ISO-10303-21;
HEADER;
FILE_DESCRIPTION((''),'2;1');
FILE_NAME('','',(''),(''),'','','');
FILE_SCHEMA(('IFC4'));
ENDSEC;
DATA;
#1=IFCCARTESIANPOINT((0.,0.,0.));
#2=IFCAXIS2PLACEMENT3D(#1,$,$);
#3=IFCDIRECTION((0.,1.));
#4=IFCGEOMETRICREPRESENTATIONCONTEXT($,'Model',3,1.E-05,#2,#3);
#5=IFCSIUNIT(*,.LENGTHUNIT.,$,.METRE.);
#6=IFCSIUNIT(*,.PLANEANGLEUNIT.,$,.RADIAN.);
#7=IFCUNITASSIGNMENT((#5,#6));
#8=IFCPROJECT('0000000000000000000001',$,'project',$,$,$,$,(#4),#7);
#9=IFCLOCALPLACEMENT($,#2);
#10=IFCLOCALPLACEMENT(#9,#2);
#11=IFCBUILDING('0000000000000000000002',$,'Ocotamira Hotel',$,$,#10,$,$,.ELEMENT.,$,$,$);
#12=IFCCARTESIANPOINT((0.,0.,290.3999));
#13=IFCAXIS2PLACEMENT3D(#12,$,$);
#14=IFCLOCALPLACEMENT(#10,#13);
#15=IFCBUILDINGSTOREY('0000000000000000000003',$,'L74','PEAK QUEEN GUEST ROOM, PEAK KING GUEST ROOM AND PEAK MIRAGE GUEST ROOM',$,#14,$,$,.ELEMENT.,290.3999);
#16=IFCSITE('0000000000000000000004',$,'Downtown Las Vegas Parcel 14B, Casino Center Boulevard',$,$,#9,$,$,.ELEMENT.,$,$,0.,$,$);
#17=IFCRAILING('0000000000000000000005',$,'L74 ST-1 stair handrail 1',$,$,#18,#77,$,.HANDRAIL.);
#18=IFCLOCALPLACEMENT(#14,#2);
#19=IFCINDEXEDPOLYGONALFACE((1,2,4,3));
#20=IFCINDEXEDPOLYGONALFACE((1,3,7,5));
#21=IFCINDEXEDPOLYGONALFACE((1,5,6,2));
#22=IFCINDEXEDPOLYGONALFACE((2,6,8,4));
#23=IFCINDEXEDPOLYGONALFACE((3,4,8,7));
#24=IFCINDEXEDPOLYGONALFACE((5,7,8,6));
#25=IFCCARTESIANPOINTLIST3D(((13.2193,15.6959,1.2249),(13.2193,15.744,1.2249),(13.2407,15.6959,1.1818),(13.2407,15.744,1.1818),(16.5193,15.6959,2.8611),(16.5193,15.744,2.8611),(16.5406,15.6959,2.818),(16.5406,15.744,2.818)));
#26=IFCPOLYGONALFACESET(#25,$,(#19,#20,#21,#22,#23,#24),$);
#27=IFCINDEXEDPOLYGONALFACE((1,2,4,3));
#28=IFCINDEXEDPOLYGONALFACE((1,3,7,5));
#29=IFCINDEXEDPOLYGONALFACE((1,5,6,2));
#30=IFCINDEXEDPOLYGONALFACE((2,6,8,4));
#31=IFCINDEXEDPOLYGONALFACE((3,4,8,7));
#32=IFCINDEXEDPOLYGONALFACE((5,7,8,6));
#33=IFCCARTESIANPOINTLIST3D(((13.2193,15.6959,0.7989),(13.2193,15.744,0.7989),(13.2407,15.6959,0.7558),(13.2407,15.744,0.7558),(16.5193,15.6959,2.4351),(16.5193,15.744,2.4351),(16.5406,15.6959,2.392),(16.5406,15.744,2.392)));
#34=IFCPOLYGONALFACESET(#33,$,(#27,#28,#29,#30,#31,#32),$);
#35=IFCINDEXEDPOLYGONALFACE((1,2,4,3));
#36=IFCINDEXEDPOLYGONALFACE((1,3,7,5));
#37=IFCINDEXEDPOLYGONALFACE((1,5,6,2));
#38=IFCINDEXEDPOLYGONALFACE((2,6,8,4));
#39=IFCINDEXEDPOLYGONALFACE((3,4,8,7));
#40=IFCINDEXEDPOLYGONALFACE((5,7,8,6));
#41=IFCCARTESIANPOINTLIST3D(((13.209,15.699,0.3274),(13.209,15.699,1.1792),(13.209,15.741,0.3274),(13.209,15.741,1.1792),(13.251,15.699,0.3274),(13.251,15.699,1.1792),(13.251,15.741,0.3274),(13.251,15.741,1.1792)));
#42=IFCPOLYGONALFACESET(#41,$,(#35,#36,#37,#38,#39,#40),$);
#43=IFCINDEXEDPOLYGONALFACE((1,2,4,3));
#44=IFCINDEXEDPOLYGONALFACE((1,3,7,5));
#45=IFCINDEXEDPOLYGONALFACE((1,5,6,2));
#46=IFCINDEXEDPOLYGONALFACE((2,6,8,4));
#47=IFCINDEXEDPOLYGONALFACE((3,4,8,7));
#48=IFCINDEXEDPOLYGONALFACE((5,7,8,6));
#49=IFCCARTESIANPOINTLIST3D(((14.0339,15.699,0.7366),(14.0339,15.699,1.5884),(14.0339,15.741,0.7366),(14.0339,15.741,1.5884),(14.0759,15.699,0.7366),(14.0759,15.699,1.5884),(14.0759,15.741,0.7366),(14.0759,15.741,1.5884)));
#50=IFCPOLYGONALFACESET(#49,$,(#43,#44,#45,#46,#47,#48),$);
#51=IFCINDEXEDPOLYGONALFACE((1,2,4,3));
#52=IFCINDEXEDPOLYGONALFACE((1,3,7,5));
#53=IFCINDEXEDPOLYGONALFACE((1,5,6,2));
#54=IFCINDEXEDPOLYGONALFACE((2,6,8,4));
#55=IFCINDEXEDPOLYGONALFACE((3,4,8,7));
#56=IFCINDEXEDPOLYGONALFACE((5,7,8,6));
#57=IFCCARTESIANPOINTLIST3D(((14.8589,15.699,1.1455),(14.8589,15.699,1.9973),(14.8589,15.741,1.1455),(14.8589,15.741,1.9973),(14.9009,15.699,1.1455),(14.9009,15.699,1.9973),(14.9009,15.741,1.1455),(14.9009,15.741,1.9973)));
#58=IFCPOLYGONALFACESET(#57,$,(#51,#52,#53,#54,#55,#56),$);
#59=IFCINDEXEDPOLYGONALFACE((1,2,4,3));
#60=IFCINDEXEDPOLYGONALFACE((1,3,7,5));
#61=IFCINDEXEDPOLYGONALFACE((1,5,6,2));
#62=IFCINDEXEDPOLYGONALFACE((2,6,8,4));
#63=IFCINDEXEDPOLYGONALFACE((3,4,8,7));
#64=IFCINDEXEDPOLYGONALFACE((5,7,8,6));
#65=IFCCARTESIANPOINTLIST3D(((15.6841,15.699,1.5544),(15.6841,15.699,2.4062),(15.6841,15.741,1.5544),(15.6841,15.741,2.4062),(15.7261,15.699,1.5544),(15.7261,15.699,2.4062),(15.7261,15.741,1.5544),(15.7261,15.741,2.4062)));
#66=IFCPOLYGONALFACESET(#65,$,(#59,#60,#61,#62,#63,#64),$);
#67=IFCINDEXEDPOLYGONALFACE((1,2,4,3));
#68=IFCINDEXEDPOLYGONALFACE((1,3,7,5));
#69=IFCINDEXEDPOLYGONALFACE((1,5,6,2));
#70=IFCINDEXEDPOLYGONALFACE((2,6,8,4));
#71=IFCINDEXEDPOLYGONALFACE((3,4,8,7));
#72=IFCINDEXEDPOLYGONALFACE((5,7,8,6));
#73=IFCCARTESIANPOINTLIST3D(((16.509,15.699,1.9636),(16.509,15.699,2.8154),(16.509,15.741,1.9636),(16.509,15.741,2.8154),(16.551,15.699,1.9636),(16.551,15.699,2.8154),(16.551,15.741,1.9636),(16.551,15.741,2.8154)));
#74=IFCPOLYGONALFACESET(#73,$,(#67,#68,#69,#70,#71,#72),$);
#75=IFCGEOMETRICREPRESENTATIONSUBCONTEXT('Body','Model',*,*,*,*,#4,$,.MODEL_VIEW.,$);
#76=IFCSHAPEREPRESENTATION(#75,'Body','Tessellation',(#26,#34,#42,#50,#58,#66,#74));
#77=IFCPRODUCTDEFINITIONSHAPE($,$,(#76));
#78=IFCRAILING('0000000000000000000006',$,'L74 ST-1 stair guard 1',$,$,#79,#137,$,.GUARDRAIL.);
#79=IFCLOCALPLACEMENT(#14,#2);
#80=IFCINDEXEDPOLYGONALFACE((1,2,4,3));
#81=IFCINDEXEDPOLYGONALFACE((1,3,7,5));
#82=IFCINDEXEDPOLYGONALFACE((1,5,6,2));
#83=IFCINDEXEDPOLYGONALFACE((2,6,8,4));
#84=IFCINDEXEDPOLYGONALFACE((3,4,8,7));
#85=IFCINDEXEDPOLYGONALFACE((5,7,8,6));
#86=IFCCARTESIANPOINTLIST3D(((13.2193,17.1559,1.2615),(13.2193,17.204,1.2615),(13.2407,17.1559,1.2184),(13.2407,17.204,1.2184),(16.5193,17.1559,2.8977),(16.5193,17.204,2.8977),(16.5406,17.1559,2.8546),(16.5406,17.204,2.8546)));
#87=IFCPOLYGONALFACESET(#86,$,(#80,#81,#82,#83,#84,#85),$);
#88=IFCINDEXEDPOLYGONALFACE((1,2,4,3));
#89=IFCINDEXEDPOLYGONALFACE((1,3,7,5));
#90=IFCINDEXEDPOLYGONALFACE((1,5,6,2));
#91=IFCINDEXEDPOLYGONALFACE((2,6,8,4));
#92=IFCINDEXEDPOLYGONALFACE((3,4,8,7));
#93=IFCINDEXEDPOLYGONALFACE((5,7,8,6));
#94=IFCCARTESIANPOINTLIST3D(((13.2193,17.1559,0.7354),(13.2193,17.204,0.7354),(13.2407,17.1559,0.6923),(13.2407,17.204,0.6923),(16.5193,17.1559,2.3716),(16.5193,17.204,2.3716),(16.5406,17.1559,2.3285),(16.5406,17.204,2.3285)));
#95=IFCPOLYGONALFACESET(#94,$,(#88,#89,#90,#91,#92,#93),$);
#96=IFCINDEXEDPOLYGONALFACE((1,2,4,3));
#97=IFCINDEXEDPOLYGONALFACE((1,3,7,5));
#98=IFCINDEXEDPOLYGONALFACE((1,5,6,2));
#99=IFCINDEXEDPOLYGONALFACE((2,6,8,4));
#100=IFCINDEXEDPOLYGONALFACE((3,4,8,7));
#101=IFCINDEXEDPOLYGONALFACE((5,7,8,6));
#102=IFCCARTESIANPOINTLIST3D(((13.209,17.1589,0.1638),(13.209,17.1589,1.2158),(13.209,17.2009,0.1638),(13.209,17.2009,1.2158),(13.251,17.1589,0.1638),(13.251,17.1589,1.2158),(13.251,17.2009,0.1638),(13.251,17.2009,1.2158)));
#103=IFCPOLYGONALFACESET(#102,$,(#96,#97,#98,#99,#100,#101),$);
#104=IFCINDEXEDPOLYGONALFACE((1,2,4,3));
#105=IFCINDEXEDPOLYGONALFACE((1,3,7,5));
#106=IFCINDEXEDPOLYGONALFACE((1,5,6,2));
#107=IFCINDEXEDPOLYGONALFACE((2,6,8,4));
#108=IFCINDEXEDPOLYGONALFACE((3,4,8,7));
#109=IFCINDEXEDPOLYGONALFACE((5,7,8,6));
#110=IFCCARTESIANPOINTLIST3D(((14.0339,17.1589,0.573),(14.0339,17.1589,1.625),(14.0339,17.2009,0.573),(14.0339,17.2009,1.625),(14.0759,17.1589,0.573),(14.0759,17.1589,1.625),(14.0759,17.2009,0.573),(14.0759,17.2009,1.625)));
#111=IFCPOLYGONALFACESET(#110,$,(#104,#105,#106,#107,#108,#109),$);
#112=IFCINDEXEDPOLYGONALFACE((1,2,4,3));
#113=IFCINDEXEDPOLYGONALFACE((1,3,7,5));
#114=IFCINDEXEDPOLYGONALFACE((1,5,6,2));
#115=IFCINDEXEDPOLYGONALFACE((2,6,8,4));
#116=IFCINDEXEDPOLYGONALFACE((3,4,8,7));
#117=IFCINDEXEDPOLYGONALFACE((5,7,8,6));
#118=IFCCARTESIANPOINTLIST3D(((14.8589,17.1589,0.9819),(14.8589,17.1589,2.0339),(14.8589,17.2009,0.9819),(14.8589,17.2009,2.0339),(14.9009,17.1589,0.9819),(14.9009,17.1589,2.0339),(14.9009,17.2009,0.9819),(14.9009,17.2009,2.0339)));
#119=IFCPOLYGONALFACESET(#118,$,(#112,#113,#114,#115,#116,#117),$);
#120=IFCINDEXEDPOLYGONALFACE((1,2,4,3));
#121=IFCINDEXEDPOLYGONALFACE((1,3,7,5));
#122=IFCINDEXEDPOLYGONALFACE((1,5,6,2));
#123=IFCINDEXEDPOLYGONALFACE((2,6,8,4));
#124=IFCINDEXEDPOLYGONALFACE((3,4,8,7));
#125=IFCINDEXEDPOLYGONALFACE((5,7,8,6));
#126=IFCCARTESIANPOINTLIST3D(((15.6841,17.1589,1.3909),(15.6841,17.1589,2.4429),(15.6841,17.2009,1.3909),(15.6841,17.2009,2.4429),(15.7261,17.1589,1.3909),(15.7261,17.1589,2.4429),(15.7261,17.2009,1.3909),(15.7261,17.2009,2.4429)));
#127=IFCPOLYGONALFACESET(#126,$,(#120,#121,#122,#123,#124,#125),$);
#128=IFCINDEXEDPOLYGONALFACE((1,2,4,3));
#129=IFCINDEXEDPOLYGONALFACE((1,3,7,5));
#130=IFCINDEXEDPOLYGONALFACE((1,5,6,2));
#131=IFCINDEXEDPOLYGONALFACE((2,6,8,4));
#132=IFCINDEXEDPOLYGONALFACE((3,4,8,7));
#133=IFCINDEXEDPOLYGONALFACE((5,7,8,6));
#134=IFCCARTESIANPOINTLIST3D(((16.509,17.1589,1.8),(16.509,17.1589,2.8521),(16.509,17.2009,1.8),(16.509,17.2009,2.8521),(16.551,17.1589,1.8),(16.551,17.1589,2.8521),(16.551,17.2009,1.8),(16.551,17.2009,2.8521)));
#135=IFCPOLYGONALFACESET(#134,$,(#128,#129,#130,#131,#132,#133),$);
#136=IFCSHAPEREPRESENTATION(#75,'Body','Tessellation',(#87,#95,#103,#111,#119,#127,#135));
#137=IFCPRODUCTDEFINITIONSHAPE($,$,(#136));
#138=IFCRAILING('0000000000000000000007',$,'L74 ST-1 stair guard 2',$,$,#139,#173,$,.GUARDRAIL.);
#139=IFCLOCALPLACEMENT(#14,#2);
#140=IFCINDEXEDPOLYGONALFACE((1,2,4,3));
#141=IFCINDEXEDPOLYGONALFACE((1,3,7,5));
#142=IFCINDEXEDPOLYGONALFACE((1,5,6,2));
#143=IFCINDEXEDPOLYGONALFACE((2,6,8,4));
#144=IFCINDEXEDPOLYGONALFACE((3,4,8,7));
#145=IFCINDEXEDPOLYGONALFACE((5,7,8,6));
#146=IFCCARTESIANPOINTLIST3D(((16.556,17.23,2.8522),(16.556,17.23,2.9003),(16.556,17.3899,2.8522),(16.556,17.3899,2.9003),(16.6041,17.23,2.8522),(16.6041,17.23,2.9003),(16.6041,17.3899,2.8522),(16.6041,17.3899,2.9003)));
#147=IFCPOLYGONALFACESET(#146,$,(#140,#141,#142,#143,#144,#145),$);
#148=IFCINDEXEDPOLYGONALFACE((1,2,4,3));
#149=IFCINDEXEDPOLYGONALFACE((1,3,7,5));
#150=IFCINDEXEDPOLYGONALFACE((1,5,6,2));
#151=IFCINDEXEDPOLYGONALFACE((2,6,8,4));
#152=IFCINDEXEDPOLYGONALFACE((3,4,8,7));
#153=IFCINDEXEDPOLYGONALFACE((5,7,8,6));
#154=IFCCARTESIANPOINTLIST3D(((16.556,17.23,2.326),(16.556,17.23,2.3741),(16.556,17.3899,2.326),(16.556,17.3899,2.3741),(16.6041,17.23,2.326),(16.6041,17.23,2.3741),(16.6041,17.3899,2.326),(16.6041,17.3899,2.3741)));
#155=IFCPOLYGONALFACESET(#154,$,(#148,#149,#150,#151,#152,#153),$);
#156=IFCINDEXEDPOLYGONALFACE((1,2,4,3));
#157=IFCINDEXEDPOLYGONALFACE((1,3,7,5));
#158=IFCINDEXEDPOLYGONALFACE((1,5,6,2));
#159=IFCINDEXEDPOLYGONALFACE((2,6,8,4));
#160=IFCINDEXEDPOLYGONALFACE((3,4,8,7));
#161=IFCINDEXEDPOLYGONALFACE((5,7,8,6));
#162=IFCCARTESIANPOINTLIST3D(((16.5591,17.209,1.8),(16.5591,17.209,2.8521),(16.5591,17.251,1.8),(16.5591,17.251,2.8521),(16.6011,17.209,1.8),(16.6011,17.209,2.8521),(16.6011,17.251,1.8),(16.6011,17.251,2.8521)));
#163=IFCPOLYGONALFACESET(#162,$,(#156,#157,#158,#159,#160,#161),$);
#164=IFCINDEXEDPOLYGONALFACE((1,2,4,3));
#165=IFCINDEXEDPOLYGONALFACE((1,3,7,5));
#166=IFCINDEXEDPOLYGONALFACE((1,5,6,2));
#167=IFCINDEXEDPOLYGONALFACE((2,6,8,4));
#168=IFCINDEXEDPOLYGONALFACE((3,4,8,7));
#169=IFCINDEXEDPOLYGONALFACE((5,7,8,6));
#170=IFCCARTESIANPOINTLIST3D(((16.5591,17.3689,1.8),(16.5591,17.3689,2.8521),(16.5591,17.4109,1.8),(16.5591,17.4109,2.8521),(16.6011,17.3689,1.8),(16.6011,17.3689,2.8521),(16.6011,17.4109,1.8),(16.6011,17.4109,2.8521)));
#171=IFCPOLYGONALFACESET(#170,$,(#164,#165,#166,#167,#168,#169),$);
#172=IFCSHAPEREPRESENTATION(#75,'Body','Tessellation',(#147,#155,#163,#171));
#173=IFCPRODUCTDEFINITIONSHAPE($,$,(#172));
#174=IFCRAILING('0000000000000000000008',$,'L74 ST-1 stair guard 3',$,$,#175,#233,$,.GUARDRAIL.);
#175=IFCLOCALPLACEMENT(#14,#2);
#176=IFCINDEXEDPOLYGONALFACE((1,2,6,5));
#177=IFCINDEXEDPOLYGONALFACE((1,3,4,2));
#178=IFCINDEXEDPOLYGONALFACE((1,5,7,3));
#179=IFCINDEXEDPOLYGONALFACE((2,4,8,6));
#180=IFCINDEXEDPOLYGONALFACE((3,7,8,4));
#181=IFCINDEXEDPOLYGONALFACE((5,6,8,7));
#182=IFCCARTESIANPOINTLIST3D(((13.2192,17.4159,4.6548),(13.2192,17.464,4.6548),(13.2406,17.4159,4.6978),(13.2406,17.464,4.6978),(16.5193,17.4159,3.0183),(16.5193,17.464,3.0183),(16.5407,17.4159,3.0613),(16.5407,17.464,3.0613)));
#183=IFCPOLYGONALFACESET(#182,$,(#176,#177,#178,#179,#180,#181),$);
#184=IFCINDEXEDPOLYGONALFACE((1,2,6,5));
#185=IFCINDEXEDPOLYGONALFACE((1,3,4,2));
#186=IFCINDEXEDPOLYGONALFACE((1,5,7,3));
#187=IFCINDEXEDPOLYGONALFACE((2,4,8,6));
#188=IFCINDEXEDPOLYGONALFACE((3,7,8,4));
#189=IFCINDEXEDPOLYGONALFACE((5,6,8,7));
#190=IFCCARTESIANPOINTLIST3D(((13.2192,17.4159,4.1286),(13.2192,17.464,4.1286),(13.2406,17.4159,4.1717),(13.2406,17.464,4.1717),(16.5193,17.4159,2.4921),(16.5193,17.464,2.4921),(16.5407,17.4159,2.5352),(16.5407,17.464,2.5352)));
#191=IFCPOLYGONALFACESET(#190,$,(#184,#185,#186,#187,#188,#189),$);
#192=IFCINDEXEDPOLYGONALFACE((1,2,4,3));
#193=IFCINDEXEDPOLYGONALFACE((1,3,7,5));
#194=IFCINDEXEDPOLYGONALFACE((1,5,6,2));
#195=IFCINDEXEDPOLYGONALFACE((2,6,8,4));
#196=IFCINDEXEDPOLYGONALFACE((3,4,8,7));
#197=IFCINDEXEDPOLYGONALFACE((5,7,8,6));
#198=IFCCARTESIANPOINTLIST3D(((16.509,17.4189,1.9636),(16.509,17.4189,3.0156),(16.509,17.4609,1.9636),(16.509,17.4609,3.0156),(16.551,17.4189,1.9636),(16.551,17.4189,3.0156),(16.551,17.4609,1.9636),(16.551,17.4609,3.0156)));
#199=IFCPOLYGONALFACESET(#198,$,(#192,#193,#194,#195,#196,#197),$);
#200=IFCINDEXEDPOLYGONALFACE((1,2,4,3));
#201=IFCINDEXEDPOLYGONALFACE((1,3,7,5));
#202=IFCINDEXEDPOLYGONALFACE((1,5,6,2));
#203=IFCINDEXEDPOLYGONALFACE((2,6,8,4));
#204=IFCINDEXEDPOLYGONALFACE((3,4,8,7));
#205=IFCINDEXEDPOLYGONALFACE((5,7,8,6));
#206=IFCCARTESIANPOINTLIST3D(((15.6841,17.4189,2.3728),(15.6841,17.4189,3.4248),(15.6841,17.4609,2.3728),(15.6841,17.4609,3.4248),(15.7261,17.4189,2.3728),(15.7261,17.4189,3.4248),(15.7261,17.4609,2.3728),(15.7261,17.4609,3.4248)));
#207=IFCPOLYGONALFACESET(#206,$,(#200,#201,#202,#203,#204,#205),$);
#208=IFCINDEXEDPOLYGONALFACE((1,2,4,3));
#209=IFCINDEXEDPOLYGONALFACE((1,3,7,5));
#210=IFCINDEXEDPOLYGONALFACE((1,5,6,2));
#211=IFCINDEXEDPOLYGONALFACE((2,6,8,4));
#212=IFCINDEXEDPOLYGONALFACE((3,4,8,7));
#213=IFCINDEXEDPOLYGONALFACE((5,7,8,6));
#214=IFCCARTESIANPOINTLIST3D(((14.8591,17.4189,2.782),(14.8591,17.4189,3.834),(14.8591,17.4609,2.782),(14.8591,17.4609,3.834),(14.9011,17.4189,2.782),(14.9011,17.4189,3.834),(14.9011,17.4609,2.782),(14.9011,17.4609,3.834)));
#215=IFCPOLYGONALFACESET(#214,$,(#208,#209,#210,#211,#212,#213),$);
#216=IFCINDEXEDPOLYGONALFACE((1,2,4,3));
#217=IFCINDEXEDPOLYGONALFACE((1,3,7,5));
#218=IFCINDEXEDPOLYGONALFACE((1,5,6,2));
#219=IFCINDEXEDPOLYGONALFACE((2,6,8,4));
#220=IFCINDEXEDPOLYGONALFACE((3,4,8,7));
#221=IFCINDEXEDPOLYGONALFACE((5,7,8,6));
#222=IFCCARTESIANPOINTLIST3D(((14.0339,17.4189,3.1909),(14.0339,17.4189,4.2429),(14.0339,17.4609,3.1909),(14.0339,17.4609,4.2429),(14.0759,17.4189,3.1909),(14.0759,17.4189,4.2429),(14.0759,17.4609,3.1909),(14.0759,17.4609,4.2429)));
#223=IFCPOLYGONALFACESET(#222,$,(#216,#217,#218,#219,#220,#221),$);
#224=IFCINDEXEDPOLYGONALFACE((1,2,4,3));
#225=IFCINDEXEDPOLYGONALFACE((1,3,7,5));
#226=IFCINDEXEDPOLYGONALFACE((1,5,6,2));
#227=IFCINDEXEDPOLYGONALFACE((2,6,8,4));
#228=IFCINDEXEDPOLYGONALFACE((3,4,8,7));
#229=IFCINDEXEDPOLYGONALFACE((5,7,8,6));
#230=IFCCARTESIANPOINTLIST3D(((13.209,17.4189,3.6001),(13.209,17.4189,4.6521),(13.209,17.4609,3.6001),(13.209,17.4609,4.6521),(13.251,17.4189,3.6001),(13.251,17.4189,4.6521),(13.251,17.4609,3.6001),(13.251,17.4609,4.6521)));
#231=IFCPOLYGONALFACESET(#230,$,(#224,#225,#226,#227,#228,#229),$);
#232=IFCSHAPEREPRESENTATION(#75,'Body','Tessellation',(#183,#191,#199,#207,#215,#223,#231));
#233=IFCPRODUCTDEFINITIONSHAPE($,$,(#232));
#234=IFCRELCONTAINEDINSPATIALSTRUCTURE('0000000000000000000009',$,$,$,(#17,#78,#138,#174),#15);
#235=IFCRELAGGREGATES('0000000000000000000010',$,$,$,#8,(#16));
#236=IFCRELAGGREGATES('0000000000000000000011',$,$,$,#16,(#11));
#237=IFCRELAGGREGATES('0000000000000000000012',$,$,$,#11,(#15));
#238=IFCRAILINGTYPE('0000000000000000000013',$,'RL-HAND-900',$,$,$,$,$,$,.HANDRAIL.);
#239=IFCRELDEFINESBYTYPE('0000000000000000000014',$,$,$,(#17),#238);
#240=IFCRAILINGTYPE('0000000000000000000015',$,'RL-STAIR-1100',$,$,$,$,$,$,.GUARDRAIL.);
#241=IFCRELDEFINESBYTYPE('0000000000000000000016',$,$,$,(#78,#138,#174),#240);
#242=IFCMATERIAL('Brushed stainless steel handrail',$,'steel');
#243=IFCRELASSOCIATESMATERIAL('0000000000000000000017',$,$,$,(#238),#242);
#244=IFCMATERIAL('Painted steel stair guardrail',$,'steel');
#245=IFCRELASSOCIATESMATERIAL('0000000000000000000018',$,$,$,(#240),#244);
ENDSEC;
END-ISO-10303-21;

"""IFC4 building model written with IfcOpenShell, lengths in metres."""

from ifc_helpers import new_model, si_unit, direction, frame, origin, origin_2d, place, context, subcontext, project, spatial, rectangle, extrude, material, type_object, element, save


model = new_model("IFC4")

# Units and contexts
model_context = context("Model", 3, precision=1e-05, world=origin(), true_north=direction((0.0, 1.0)))
body_context = subcontext(model_context, "Body", "Model", "MODEL_VIEW")
ifc_project = project(units=[si_unit("LENGTHUNIT", "METRE"), si_unit("PLANEANGLEUNIT", "RADIAN")], contexts=[model_context])

# Site, building, storey
site_placement = place(None, origin())
site = spatial("IfcSite", under=ifc_project, at=site_placement, Name="Downtown Las Vegas Parcel 14B, Casino Center Boulevard", CompositionType="ELEMENT", RefElevation=0.0)
building_placement = place(site_placement, origin())
building = spatial("IfcBuilding", under=site, at=building_placement, Name="Ocotamira Hotel", CompositionType="ELEMENT")
storey_placement = place(building_placement, frame((0.0, 0.0, 290.3999)))
storey = spatial("IfcBuildingStorey", under=building, at=storey_placement, Name="L74", Description="PEAK QUEEN GUEST ROOM, PEAK KING GUEST ROOM AND PEAK MIRAGE GUEST ROOM", CompositionType="ELEMENT", Elevation=290.3999)

# Railings
ifc_material_1 = material(Name="Brushed stainless steel handrail", Category="steel")
railing_type_1 = type_object("IfcRailingType", Name="RL-HAND-900", PredefinedType="HANDRAIL", material=ifc_material_1)
railing_1_placement = place(storey_placement, frame((13.23, 15.72, 0.3274)))
element("IfcRailing", 1, at=railing_1_placement, inside=storey, type_object=railing_type_1, Name="L74 ST-1 stair handrail 1", PredefinedType="HANDRAIL", context=body_context, shape_type="SweptSolid", body=[
    extrude(rectangle(XDim=0.0481, YDim=0.0481, at=origin_2d()), frame((0.0, 0.0, 0.876), z_axis=(0.89592, 0.0, 0.444215), x_axis=(0.0, 1.0, 0.0)), (0.0, 0.0, 1.0), 3.6833),
    extrude(rectangle(XDim=0.0481, YDim=0.0481, at=origin_2d()), frame((0.0, 0.0, 0.45), z_axis=(0.89592, 0.0, 0.444215), x_axis=(0.0, 1.0, 0.0)), (0.0, 0.0, 1.0), 3.6833),
    extrude(rectangle(XDim=0.042, YDim=0.042, at=origin_2d()), origin(), (0.0, 0.0, 1.0), 0.8518),
    extrude(rectangle(XDim=0.042, YDim=0.042, at=origin_2d()), frame((0.825, 0.0, 0.4092)), (0.0, 0.0, 1.0), 0.8518),
    extrude(rectangle(XDim=0.042, YDim=0.042, at=origin_2d()), frame((1.6499, 0.0, 0.8181)), (0.0, 0.0, 1.0), 0.8518),
    extrude(rectangle(XDim=0.042, YDim=0.042, at=origin_2d()), frame((2.4751, 0.0, 1.2271)), (0.0, 0.0, 1.0), 0.8518),
    extrude(rectangle(XDim=0.042, YDim=0.042, at=origin_2d()), frame((3.3, 0.0, 1.6362)), (0.0, 0.0, 1.0), 0.8518),
])
ifc_material_2 = material(Name="Painted steel stair guardrail", Category="steel")
railing_type_2 = type_object("IfcRailingType", Name="RL-STAIR-1100", PredefinedType="GUARDRAIL", material=ifc_material_2)
railing_2_placement = place(storey_placement, frame((13.23, 17.1799, 0.1638)))
element("IfcRailing", 2, at=railing_2_placement, inside=storey, type_object=railing_type_2, Name="L74 ST-1 stair guard 1", PredefinedType="GUARDRAIL", context=body_context, shape_type="SweptSolid", body=[
    extrude(rectangle(XDim=0.0481, YDim=0.0481, at=origin_2d()), frame((0.0, 0.0, 1.0762), z_axis=(0.89592, 0.0, 0.444215), x_axis=(0.0, 1.0, 0.0)), (0.0, 0.0, 1.0), 3.6833),
    extrude(rectangle(XDim=0.0481, YDim=0.0481, at=origin_2d()), frame((0.0, 0.0, 0.55), z_axis=(0.89592, 0.0, 0.444215), x_axis=(0.0, 1.0, 0.0)), (0.0, 0.0, 1.0), 3.6833),
    extrude(rectangle(XDim=0.042, YDim=0.042, at=origin_2d()), origin(), (0.0, 0.0, 1.0), 1.052),
    extrude(rectangle(XDim=0.042, YDim=0.042, at=origin_2d()), frame((0.825, 0.0, 0.4092)), (0.0, 0.0, 1.0), 1.052),
    extrude(rectangle(XDim=0.042, YDim=0.042, at=origin_2d()), frame((1.6499, 0.0, 0.8181)), (0.0, 0.0, 1.0), 1.052),
    extrude(rectangle(XDim=0.042, YDim=0.042, at=origin_2d()), frame((2.4751, 0.0, 1.2271)), (0.0, 0.0, 1.0), 1.052),
    extrude(rectangle(XDim=0.042, YDim=0.042, at=origin_2d()), frame((3.3, 0.0, 1.6362)), (0.0, 0.0, 1.0), 1.052),
])
railing_3_placement = place(storey_placement, frame((16.5801, 17.23, 1.8)))
element("IfcRailing", 3, at=railing_3_placement, inside=storey, type_object=railing_type_2, Name="L74 ST-1 stair guard 2", PredefinedType="GUARDRAIL", context=body_context, shape_type="SweptSolid", body=[
    extrude(rectangle(XDim=0.0481, YDim=0.0481, at=origin_2d()), frame((0.0, 0.0, 1.0762), z_axis=(0.0, 1.0, 0.0), x_axis=(-1.0, 0.0, 0.0)), (0.0, 0.0, 1.0), 0.1599),
    extrude(rectangle(XDim=0.0481, YDim=0.0481, at=origin_2d()), frame((0.0, 0.0, 0.55), z_axis=(0.0, 1.0, 0.0), x_axis=(-1.0, 0.0, 0.0)), (0.0, 0.0, 1.0), 0.1599),
    extrude(rectangle(XDim=0.042, YDim=0.042, at=origin_2d()), origin(), (0.0, 0.0, 1.0), 1.052),
    extrude(rectangle(XDim=0.042, YDim=0.042, at=origin_2d()), frame((0.0, 0.1599, 0.0)), (0.0, 0.0, 1.0), 1.052),
])
railing_4_placement = place(storey_placement, frame((16.53, 17.4399, 1.9636)))
element("IfcRailing", 4, at=railing_4_placement, inside=storey, type_object=railing_type_2, Name="L74 ST-1 stair guard 3", PredefinedType="GUARDRAIL", context=body_context, shape_type="SweptSolid", body=[
    extrude(rectangle(XDim=0.0481, YDim=0.0481, at=origin_2d()), frame((0.0, 0.0, 1.0762), z_axis=(-0.895894, 0.0, 0.444268), x_axis=(0.0, -1.0, 0.0)), (0.0, 0.0, 1.0), 3.6836),
    extrude(rectangle(XDim=0.0481, YDim=0.0481, at=origin_2d()), frame((0.0, 0.0, 0.55), z_axis=(-0.895894, 0.0, 0.444268), x_axis=(0.0, -1.0, 0.0)), (0.0, 0.0, 1.0), 3.6836),
    extrude(rectangle(XDim=0.042, YDim=0.042, at=origin_2d()), origin(), (0.0, 0.0, 1.0), 1.052),
    extrude(rectangle(XDim=0.042, YDim=0.042, at=origin_2d()), frame((-0.825, 0.0, 0.4092)), (0.0, 0.0, 1.0), 1.052),
    extrude(rectangle(XDim=0.042, YDim=0.042, at=origin_2d()), frame((-1.6499, 0.0, 0.8184)), (0.0, 0.0, 1.0), 1.052),
    extrude(rectangle(XDim=0.042, YDim=0.042, at=origin_2d()), frame((-2.4751, 0.0, 1.2273)), (0.0, 0.0, 1.0), 1.052),
    extrude(rectangle(XDim=0.042, YDim=0.042, at=origin_2d()), frame((-3.3, 0.0, 1.6365)), (0.0, 0.0, 1.0), 1.052),
])

save(model, "model.ifc")
